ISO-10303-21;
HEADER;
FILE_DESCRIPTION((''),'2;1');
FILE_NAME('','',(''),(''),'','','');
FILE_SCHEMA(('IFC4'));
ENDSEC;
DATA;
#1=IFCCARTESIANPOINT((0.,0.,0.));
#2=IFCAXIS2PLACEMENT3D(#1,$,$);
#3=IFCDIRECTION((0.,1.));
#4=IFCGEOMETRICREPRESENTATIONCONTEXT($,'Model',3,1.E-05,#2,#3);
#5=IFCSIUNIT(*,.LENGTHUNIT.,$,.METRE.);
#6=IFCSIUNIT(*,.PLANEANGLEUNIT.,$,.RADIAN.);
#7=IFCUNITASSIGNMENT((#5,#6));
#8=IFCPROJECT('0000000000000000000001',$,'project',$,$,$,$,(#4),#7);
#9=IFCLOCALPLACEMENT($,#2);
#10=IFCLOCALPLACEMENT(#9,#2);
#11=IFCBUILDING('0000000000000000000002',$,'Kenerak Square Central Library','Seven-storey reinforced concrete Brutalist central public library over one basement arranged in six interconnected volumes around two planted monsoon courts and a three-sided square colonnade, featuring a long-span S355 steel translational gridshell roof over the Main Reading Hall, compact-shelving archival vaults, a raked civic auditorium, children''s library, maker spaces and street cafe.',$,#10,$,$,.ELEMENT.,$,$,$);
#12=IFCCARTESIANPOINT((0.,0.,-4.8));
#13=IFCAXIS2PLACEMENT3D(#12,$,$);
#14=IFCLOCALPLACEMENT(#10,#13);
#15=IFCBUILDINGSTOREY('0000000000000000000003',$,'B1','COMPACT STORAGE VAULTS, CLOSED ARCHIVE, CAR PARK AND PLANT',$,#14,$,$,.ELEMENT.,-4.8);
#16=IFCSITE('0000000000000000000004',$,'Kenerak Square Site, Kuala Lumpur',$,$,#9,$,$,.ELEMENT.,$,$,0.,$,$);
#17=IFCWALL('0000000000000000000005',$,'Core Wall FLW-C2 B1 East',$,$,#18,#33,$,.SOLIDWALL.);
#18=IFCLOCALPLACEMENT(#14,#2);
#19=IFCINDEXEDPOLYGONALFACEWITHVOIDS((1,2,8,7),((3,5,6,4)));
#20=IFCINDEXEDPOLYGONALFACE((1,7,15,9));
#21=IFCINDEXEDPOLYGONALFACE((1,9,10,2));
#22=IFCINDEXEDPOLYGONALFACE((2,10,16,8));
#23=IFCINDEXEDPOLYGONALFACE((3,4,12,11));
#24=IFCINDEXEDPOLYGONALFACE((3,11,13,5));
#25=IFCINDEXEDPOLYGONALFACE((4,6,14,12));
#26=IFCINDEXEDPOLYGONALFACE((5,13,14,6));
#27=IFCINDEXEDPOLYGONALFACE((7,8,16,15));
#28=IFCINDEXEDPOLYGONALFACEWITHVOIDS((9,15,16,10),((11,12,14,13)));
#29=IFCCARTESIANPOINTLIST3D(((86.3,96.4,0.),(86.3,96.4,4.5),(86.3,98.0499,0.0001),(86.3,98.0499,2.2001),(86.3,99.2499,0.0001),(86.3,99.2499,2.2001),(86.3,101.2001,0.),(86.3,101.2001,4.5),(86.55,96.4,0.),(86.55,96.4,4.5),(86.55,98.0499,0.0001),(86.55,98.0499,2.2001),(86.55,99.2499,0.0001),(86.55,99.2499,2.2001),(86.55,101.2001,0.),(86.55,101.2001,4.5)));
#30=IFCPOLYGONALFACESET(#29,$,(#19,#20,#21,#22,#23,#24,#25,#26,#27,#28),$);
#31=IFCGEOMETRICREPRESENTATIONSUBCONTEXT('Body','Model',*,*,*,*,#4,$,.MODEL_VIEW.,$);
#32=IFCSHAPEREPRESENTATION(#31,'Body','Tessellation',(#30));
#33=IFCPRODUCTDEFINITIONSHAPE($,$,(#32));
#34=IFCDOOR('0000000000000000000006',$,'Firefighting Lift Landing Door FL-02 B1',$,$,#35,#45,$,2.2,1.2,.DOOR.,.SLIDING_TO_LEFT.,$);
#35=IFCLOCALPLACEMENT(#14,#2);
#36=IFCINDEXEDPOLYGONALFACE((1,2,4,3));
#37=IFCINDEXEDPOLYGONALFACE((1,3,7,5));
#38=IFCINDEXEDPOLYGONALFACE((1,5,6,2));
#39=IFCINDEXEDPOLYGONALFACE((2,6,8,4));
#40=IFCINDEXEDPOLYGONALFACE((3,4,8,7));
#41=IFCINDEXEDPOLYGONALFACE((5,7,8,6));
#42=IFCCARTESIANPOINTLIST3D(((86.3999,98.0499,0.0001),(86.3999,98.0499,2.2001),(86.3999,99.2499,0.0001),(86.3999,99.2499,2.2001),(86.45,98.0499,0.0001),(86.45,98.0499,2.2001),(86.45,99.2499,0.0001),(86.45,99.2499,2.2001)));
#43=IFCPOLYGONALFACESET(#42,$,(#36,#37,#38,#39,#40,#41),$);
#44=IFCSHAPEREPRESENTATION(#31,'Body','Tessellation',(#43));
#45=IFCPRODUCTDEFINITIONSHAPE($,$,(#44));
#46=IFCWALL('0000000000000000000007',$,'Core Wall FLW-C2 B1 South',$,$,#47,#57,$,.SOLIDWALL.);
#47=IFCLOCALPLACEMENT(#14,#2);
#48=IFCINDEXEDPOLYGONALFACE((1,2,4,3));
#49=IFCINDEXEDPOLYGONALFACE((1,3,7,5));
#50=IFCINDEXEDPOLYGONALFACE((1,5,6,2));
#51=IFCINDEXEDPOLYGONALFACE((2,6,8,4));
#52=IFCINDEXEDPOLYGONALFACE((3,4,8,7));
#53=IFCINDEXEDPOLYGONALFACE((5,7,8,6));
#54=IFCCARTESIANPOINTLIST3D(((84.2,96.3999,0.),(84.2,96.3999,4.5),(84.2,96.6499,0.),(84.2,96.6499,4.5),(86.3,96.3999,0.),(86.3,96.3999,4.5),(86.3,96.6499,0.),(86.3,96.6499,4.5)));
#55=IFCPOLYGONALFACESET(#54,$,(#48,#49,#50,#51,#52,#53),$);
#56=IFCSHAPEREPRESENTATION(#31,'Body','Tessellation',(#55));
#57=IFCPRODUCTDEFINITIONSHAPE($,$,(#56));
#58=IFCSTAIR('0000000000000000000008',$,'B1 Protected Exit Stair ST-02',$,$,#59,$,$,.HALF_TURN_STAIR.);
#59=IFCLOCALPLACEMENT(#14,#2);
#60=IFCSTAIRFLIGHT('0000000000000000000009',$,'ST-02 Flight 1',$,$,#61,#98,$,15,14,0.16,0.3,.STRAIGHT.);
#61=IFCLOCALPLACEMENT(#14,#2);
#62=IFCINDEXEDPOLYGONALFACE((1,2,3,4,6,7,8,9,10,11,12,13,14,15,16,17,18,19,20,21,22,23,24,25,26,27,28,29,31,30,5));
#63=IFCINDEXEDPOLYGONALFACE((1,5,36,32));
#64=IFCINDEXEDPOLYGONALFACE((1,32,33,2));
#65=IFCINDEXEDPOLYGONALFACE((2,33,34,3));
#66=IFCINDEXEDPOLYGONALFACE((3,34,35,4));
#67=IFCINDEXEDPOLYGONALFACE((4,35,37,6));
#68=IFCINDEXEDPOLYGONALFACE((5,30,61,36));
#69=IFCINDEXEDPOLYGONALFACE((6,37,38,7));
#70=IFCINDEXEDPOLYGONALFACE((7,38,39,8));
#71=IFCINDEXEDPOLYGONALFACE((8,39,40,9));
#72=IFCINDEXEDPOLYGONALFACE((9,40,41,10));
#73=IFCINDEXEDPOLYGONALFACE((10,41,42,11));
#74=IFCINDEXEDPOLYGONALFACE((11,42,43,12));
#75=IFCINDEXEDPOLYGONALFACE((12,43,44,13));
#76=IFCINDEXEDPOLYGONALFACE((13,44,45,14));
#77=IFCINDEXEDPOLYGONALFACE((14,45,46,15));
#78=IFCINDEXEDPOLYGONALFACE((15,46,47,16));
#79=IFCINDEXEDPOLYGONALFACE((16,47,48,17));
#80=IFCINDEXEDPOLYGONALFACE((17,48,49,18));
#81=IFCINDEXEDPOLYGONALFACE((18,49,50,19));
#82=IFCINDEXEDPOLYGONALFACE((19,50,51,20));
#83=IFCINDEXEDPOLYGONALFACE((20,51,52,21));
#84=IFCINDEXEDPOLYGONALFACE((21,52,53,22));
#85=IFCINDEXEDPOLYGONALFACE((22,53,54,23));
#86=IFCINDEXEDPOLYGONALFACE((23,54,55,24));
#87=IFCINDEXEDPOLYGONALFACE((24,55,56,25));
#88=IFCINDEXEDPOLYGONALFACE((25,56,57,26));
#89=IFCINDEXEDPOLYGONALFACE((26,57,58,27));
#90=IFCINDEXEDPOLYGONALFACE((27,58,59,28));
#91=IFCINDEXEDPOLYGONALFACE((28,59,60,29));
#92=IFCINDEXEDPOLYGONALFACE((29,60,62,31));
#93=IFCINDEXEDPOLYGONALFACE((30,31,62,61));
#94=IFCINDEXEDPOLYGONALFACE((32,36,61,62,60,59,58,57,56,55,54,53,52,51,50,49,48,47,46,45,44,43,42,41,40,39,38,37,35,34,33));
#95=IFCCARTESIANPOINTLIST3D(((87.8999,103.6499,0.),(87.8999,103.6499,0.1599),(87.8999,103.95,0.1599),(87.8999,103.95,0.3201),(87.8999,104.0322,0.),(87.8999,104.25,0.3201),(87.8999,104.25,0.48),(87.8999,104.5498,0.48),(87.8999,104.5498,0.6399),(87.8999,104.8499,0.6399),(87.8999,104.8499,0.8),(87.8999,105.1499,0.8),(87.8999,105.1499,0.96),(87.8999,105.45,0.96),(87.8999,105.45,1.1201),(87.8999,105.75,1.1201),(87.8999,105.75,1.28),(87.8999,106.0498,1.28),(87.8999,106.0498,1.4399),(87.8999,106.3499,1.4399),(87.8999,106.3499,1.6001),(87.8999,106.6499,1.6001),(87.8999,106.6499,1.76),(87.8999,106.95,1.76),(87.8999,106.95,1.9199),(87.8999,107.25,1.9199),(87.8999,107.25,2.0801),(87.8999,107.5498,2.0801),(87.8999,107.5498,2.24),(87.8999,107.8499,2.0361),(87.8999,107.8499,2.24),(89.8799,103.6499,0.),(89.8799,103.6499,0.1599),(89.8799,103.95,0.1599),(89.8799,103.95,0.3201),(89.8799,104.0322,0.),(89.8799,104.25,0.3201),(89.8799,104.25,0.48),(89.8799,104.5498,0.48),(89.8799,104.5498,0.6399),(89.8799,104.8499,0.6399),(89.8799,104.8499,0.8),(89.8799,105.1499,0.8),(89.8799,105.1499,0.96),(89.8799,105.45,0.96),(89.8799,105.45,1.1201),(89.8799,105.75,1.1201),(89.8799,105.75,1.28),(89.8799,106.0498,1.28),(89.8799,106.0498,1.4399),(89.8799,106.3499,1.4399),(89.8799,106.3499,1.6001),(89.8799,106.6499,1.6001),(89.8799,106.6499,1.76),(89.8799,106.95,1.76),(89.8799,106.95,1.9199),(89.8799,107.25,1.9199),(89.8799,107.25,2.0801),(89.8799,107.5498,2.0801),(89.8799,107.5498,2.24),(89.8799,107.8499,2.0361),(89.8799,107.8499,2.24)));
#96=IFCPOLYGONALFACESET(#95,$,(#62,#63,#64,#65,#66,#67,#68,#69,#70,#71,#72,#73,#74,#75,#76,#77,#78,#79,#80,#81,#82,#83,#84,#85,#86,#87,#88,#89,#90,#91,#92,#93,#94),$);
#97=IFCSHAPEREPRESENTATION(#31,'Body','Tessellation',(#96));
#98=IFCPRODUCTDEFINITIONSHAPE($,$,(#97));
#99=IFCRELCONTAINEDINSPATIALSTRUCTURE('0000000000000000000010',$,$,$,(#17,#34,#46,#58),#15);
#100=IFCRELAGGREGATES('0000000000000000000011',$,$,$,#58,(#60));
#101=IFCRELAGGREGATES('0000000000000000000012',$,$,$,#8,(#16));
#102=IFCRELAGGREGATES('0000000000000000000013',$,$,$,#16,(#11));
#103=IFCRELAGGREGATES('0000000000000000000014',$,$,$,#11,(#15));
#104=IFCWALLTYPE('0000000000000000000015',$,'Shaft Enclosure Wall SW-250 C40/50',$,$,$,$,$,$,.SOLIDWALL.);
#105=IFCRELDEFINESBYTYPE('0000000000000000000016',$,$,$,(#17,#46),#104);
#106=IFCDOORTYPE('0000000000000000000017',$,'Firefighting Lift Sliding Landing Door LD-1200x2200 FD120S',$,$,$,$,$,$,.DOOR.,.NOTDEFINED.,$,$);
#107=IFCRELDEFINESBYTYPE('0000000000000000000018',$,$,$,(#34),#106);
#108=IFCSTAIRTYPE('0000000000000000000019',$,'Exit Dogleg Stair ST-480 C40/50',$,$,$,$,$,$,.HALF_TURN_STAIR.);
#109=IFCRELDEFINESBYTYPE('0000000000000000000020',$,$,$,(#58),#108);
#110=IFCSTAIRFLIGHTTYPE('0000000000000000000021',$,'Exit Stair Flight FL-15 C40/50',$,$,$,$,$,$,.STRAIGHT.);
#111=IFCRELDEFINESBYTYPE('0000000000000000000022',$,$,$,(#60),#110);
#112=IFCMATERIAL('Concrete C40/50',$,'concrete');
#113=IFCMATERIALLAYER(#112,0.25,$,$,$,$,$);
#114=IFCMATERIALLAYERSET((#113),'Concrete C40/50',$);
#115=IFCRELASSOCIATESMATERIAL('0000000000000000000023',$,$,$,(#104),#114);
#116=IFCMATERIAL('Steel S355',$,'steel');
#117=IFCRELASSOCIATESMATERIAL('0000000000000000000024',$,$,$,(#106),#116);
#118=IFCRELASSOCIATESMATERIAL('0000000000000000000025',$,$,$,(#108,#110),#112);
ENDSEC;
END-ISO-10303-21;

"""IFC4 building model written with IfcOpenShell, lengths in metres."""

from ifc_helpers import new_model, si_unit, direction, frame, frame_2d, origin, place, context, subcontext, project, spatial, polyline, rectangle, outline, extrude, material, layer, layer_set, type_object, element, fill, aggregate, save


model = new_model("IFC4")

# Units and contexts
model_context = context("Model", 3, precision=1e-05, world=origin(), true_north=direction((0.0, 1.0)))
body_context = subcontext(model_context, "Body", "Model", "MODEL_VIEW")
ifc_project = project(units=[si_unit("LENGTHUNIT", "METRE"), si_unit("PLANEANGLEUNIT", "RADIAN")], contexts=[model_context])

# Site, building, storey
site_placement = place(None, origin())
site = spatial("IfcSite", under=ifc_project, at=site_placement, Name="Kenerak Square Site, Kuala Lumpur", CompositionType="ELEMENT", RefElevation=0.0)
building_placement = place(site_placement, origin())
building = spatial("IfcBuilding", under=site, at=building_placement, Name="Kenerak Square Central Library", Description="Seven-storey reinforced concrete Brutalist central public library over one basement arranged in six interconnected volumes around two planted monsoon courts and a three-sided square colonnade, featuring a long-span S355 steel translational gridshell roof over the Main Reading Hall, compact-shelving archival vaults, a raked civic auditorium, children's library, maker spaces and street cafe.", CompositionType="ELEMENT")
storey_placement = place(building_placement, frame((0.0, 0.0, -4.8)))
storey = spatial("IfcBuildingStorey", under=building, at=storey_placement, Name="B1", Description="COMPACT STORAGE VAULTS, CLOSED ARCHIVE, CAR PARK AND PLANT", CompositionType="ELEMENT", Elevation=-4.8)

# Shared definitions
ifc_material_1 = material(Name="Concrete C40/50", Category="concrete")

# Shared definitions
ifc_material_2 = material(Name="Steel S355", Category="steel")

# Wall, opening, door
ifc_layer_1 = layer(ifc_material_1, 0.25)
ifc_layer_set_1 = layer_set([ifc_layer_1], Name="Concrete C40/50")
wall_type_1 = type_object("IfcWallType", Name="Shaft Enclosure Wall SW-250 C40/50", PredefinedType="SOLIDWALL", material=ifc_layer_set_1)
wall_1_placement = place(storey_placement, frame((86.425, 101.2, 0.0), z_axis=(0.0, 0.0, 1.0), x_axis=(0.0, -1.0, 0.0)))
wall_1 = element("IfcWall", 1, at=wall_1_placement, inside=storey, type_object=wall_type_1, Name="Core Wall FLW-C2 B1 East", PredefinedType="SOLIDWALL", context=body_context, shape_type="SweptSolid", body=[
    extrude(rectangle(XDim=4.8, YDim=0.25, at=frame_2d((2.3999, 0.0))), origin(), (0.0, 0.0, 1.0), 4.5),
])
opening_1_placement = place(wall_1_placement, frame((1.95, 0.0, 0.0)))
opening_1 = element("IfcOpeningElement", 2, at=opening_1_placement, cuts=wall_1, PredefinedType="OPENING", context=body_context, shape_type="SweptSolid", body=[
    extrude(rectangle(XDim=1.2, YDim=2.2, at=frame_2d((0.6001, 1.1001))), frame((0.0, 0.135, 0.0), z_axis=(0.0, -1.0, 0.0), x_axis=(1.0, 0.0, 0.0)), (0.0, 0.0, 1.0), 0.27),
])
door_type_1 = type_object("IfcDoorType", Name="Firefighting Lift Sliding Landing Door LD-1200x2200 FD120S", OperationType="NOTDEFINED", PredefinedType="DOOR", material=ifc_material_2)
door_1_placement = place(opening_1_placement, origin())
door_1 = element("IfcDoor", 3, at=door_1_placement, inside=storey, type_object=door_type_1, Name="Firefighting Lift Landing Door FL-02 B1", OperationType="SLIDING_TO_LEFT", OverallHeight=2.2, OverallWidth=1.2, PredefinedType="DOOR", context=body_context, shape_type="SweptSolid", body=[
    extrude(rectangle(XDim=1.2, YDim=2.2, at=frame_2d((0.6001, 1.1001))), frame((0.0, 0.0249, 0.0), z_axis=(0.0, -1.0, 0.0), x_axis=(1.0, 0.0, 0.0)), (0.0, 0.0, 1.0), 0.05),
])
fill(opening_1, door_1)

# Wall
wall_2_placement = place(storey_placement, frame((86.3, 96.5249, 0.0), z_axis=(0.0, 0.0, 1.0), x_axis=(-1.0, 0.0, 0.0)))
element("IfcWall", 4, at=wall_2_placement, inside=storey, type_object=wall_type_1, Name="Core Wall FLW-C2 B1 South", PredefinedType="SOLIDWALL", context=body_context, shape_type="SweptSolid", body=[
    extrude(rectangle(XDim=2.1001, YDim=0.25, at=frame_2d((1.05, 0.0))), origin(), (0.0, 0.0, 1.0), 4.5),
])

# Stair, stair flight
stair_type = type_object("IfcStairType", Name="Exit Dogleg Stair ST-480 C40/50", PredefinedType="HALF_TURN_STAIR", material=ifc_material_1)
stair_placement = place(storey_placement, origin())
stair = element("IfcStair", 5, at=stair_placement, inside=storey, type_object=stair_type, Name="B1 Protected Exit Stair ST-02", PredefinedType="HALF_TURN_STAIR")
stair_flight_type = type_object("IfcStairFlightType", Name="Exit Stair Flight FL-15 C40/50", PredefinedType="STRAIGHT", material=ifc_material_1)
stair_flight_placement = place(storey_placement, frame((88.8899, 103.6499, 0.0), z_axis=(0.0, 0.0, 1.0), x_axis=(0.0, 1.0, 0.0)))
stair_flight = element("IfcStairFlight", 6, at=stair_flight_placement, type_object=stair_flight_type, Name="ST-02 Flight 1", NumberOfRisers=15, NumberOfTreads=14, PredefinedType="STRAIGHT", RiserHeight=0.16, TreadLength=0.3, context=body_context, shape_type="SweptSolid", body=[
    extrude(outline(polyline([(0.0, 0.0), (0.0, 0.1599), (0.3, 0.1599), (0.3, 0.3201), (0.6001, 0.3201), (0.6001, 0.48), (0.8999, 0.48), (0.8999, 0.6399), (1.2, 0.6399), (1.2, 0.8), (1.5, 0.8), (1.5, 0.96), (1.8, 0.96), (1.8, 1.1201), (2.1001, 1.1201), (2.1001, 1.28), (2.3999, 1.28), (2.3999, 1.4399), (2.7, 1.4399), (2.7, 1.6001), (3.0, 1.6001), (3.0, 1.76), (3.3, 1.76), (3.3, 1.9199), (3.6001, 1.9199), (3.6001, 2.0801), (3.8999, 2.0801), (3.8999, 2.24), (4.2, 2.24), (4.2, 2.3999), (4.2, 2.0361), (0.3823, 0.0), (0.0, 0.0)])), frame((0.0, 0.99, 0.0), z_axis=(0.0, -1.0, 0.0), x_axis=(1.0, 0.0, 0.0)), (0.0, 0.0, 1.0), 1.98),
])
aggregate(stair, [stair_flight])

save(model, "model.ifc")
